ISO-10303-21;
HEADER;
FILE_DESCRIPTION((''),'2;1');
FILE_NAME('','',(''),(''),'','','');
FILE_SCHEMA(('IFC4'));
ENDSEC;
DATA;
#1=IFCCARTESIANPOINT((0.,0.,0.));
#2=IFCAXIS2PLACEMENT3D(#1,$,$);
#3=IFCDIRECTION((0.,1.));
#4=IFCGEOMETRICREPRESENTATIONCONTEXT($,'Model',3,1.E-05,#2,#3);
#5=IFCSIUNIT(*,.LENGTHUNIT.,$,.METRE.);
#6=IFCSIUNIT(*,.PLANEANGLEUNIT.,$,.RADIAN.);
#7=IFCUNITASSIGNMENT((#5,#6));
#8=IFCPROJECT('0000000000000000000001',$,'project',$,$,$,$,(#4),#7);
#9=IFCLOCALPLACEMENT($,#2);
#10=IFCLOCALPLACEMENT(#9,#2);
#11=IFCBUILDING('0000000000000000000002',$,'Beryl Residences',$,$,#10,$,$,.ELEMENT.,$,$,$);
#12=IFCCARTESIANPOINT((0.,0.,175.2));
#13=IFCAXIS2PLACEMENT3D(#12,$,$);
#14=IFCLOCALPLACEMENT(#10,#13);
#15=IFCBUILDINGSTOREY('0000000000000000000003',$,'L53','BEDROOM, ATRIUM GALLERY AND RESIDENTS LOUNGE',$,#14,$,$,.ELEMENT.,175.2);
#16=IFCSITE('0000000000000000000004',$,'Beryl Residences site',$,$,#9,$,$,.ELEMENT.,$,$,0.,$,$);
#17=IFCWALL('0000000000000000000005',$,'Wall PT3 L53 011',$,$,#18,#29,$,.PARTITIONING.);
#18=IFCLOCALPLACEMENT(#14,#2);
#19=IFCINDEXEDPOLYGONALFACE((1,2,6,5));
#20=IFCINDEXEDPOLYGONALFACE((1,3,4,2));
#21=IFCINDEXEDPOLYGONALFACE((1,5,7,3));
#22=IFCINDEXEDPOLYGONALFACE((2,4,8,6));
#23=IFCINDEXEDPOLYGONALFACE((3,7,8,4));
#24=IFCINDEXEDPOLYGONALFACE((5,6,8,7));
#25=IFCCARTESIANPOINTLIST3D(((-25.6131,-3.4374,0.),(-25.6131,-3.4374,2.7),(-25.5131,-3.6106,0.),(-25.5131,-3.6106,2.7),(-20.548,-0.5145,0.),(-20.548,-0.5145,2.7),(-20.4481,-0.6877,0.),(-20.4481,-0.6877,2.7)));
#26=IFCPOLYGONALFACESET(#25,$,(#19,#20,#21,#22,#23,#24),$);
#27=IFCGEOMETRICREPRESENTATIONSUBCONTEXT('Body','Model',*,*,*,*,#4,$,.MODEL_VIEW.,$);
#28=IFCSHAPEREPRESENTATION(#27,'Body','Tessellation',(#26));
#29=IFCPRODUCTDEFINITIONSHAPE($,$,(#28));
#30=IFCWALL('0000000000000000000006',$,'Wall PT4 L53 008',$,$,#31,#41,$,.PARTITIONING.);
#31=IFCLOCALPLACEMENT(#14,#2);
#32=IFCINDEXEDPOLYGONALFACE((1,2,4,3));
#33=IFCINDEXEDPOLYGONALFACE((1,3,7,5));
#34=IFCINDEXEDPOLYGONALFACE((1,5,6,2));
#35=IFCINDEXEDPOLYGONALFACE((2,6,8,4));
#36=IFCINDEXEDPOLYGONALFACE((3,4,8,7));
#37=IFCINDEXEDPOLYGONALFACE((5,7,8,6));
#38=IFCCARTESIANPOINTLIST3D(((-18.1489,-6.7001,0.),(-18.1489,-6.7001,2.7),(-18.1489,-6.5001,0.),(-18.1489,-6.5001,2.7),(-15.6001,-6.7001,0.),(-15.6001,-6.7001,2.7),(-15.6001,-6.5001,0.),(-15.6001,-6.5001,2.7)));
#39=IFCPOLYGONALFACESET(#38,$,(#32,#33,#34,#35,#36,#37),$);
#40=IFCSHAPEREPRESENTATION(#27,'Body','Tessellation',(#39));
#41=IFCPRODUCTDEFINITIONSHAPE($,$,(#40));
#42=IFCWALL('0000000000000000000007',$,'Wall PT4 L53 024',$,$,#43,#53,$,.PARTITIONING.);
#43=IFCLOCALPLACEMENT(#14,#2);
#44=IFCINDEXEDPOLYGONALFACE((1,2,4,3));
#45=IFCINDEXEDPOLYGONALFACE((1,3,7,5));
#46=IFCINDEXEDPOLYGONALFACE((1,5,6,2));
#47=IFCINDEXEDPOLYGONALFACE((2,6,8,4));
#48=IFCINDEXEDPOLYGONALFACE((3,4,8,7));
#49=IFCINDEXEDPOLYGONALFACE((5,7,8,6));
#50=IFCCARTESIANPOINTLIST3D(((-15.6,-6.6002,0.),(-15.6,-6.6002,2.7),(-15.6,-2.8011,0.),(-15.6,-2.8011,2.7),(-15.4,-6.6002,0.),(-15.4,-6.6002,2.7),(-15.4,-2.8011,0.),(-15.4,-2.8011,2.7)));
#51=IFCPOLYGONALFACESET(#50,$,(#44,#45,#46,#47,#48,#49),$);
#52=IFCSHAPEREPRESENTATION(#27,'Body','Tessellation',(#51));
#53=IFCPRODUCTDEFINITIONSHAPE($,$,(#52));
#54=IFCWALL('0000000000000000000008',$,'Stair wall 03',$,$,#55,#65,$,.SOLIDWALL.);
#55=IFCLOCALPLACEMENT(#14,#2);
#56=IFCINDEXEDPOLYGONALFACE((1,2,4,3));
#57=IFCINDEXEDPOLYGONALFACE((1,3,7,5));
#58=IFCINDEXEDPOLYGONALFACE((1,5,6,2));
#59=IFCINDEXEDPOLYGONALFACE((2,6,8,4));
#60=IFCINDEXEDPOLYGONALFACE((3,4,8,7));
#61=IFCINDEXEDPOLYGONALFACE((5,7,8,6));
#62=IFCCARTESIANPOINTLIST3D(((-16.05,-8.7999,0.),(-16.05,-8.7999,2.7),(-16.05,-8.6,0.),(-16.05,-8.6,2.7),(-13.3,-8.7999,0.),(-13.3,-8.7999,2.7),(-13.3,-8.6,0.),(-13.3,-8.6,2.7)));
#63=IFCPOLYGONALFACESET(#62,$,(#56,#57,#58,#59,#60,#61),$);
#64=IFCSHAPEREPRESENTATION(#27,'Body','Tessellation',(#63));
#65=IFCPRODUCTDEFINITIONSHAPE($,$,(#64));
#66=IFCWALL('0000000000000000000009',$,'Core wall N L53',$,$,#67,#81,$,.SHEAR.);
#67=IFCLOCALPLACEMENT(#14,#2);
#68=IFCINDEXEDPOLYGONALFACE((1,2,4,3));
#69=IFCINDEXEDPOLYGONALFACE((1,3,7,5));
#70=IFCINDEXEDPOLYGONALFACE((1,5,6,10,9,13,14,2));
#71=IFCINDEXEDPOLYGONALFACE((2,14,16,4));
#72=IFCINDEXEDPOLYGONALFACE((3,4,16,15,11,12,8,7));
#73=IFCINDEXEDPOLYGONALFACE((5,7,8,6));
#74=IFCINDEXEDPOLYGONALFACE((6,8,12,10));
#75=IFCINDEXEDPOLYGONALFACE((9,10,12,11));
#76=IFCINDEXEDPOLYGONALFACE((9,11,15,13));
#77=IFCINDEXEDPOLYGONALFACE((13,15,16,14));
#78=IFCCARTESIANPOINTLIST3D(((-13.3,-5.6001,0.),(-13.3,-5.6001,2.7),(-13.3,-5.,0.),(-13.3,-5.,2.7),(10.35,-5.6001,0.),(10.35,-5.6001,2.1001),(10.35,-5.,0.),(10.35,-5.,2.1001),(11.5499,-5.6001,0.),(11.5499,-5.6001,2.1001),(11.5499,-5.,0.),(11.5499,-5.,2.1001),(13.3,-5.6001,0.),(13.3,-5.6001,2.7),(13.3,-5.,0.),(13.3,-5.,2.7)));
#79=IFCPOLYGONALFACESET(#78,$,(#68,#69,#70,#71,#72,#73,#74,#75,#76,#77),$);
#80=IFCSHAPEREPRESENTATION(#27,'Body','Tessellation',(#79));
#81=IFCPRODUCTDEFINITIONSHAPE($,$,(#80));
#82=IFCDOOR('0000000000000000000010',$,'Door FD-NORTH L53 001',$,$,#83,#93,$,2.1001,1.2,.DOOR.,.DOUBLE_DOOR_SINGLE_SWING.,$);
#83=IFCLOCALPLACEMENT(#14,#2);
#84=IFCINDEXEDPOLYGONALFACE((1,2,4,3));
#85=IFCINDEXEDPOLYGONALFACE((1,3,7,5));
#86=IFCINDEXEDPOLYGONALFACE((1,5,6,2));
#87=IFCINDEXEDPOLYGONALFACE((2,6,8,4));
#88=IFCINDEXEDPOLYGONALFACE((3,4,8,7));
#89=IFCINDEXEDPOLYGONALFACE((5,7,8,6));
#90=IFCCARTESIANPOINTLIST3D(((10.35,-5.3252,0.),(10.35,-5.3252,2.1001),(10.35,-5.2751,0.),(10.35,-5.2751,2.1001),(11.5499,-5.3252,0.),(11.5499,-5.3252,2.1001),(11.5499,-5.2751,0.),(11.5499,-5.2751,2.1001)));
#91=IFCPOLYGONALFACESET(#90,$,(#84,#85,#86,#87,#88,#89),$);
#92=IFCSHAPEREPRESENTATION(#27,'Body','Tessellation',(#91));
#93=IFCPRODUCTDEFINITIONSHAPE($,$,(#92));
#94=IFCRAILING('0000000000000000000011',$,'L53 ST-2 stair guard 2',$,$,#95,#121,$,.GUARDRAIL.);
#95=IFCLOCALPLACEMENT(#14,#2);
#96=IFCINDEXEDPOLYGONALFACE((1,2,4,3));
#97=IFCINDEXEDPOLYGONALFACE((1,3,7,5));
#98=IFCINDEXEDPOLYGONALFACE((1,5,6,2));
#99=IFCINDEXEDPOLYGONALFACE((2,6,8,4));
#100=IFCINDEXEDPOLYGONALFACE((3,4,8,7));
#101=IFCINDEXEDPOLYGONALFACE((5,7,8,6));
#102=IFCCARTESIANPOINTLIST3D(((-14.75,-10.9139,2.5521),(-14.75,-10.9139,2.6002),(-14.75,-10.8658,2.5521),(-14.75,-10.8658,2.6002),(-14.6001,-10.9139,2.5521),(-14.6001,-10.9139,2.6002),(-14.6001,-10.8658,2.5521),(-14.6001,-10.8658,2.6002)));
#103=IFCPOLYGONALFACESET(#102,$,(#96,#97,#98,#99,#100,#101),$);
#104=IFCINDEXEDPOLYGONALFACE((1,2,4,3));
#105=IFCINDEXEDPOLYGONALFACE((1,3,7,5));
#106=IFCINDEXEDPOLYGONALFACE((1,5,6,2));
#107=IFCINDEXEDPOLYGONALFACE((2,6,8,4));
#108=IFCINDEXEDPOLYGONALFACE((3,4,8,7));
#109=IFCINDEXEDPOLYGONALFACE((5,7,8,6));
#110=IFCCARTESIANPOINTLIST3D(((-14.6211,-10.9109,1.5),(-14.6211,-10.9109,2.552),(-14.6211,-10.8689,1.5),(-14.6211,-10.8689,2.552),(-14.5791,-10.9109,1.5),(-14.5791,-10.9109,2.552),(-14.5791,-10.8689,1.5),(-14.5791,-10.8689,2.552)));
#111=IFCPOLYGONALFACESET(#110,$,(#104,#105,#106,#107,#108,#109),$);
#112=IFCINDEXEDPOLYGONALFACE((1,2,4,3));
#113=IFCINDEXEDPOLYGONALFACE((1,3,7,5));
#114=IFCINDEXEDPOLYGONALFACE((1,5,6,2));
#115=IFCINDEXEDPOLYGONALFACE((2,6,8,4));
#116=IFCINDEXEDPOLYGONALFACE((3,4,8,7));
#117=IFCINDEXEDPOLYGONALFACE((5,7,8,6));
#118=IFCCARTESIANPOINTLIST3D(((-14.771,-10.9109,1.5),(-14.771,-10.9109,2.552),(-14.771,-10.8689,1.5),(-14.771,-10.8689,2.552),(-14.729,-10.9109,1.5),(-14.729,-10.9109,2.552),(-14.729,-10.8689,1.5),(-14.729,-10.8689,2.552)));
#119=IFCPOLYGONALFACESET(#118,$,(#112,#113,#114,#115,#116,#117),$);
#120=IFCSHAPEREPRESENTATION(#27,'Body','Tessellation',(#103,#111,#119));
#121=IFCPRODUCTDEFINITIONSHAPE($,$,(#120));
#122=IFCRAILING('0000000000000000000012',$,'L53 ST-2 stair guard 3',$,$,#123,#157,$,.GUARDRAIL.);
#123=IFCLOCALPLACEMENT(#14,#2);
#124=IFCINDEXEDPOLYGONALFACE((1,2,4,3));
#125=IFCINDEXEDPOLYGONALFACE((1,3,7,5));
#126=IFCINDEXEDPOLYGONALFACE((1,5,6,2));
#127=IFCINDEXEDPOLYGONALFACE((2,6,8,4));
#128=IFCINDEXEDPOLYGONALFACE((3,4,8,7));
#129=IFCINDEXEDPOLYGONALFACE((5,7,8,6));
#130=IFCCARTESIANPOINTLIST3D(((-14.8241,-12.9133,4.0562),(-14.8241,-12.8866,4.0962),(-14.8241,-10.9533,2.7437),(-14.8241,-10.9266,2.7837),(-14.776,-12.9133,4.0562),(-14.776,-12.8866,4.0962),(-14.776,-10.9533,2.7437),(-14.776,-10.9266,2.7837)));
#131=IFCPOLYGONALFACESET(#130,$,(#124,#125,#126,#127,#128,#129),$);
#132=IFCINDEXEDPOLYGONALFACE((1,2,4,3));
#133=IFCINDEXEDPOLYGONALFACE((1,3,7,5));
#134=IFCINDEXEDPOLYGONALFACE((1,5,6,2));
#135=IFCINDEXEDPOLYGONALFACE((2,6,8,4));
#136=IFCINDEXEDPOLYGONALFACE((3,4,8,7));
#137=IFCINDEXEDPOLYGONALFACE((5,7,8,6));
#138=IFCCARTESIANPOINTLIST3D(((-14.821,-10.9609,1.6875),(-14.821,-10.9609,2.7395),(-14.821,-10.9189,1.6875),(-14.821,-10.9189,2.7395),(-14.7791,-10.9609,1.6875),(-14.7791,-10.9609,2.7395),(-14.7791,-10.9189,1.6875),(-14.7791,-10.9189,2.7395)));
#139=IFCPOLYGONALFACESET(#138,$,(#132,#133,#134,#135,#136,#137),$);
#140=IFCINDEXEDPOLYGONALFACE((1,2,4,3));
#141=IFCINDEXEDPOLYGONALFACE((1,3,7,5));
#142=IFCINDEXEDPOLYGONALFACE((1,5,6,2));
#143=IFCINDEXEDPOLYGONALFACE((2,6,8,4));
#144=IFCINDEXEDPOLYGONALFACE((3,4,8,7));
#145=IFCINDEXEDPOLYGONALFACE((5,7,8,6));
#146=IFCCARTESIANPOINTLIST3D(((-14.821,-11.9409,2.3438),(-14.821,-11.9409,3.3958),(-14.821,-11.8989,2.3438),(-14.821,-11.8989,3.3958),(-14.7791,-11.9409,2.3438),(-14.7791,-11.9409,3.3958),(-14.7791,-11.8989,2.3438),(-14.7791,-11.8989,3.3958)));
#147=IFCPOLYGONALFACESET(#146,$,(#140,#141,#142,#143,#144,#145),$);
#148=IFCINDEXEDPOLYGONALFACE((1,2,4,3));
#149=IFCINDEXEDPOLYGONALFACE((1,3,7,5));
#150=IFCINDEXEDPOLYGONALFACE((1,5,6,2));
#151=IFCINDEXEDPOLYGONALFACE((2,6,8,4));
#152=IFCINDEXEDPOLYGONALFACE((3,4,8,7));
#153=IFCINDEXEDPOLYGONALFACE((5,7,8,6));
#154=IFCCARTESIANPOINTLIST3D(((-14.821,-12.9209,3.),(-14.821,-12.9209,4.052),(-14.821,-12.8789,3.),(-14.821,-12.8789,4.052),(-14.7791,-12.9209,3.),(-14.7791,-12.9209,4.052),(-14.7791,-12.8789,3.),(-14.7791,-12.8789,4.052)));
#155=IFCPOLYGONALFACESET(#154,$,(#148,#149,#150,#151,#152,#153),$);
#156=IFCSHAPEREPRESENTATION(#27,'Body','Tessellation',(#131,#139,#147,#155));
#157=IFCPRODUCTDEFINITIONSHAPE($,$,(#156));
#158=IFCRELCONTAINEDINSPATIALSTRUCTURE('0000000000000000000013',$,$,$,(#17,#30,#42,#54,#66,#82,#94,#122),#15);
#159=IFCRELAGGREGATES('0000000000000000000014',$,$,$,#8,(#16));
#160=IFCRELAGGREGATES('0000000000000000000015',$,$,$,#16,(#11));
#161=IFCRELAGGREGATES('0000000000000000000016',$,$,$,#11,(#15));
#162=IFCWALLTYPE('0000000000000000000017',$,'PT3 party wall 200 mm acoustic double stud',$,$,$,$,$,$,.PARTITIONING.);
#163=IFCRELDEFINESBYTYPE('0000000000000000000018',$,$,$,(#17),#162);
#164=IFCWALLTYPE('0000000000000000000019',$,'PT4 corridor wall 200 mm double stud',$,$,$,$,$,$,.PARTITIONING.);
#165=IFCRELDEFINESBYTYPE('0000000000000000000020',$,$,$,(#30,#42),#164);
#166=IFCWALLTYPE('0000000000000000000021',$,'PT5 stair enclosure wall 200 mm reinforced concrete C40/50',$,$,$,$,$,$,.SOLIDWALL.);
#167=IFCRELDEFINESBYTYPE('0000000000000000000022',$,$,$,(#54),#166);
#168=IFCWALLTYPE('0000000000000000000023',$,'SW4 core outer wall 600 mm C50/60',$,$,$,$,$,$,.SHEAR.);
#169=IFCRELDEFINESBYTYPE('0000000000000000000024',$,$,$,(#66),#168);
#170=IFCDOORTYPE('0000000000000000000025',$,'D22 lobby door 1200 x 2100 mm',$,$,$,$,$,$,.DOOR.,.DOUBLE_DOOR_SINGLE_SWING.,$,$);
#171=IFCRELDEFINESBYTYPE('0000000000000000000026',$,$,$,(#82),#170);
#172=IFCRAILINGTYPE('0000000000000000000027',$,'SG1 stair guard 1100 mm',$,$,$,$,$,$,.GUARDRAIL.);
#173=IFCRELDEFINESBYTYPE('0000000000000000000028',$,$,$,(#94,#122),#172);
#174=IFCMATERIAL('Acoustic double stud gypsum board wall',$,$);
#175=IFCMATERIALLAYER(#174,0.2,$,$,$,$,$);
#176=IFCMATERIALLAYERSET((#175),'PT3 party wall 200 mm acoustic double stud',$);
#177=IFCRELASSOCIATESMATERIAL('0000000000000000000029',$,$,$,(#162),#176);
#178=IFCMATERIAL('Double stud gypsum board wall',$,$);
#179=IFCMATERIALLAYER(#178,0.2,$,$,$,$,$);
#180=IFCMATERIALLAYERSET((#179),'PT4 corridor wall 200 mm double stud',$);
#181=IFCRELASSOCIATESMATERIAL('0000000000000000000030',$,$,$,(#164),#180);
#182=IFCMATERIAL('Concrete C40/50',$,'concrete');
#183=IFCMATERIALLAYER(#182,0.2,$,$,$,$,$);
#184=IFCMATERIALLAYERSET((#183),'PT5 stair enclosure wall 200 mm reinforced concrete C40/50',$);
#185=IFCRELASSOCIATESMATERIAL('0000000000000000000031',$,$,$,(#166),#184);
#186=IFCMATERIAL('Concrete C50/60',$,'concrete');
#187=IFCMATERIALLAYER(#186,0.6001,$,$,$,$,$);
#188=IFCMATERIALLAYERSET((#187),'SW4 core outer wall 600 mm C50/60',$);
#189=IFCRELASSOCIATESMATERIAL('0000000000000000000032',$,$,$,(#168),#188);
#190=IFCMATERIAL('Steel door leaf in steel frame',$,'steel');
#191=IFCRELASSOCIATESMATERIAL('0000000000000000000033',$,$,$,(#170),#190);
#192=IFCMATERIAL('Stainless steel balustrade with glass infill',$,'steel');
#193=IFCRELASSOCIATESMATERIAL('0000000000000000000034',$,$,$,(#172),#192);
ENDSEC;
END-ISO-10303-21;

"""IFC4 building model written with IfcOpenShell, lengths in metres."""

from ifc_helpers import new_model, si_unit, direction, frame, frame_2d, origin, origin_2d, place, context, subcontext, project, spatial, rectangle, extrude, material, layer, layer_set, type_object, element, fill, save


model = new_model("IFC4")

# Units and contexts
model_context = context("Model", 3, precision=1e-05, world=origin(), true_north=direction((0.0, 1.0)))
body_context = subcontext(model_context, "Body", "Model", "MODEL_VIEW")
ifc_project = project(units=[si_unit("LENGTHUNIT", "METRE"), si_unit("PLANEANGLEUNIT", "RADIAN")], contexts=[model_context])

# Site, building, storey
site_placement = place(None, origin())
site = spatial("IfcSite", under=ifc_project, at=site_placement, Name="Beryl Residences site", CompositionType="ELEMENT", RefElevation=0.0)
building_placement = place(site_placement, origin())
building = spatial("IfcBuilding", under=site, at=building_placement, Name="Beryl Residences", CompositionType="ELEMENT")
storey_placement = place(building_placement, frame((0.0, 0.0, 175.2)))
storey = spatial("IfcBuildingStorey", under=building, at=storey_placement, Name="L53", Description="BEDROOM, ATRIUM GALLERY AND RESIDENTS LOUNGE", CompositionType="ELEMENT", Elevation=175.2)

# Walls
ifc_material_1 = material(Name="Acoustic double stud gypsum board wall")
ifc_layer_1 = layer(ifc_material_1, 0.2)
ifc_layer_set_1 = layer_set([ifc_layer_1], Name="PT3 party wall 200 mm acoustic double stud")
wall_type_1 = type_object("IfcWallType", Name="PT3 party wall 200 mm acoustic double stud", PredefinedType="PARTITIONING", material=ifc_layer_set_1)
wall_1_placement = place(storey_placement, frame((-25.563, -3.5239, 0.0), z_axis=(0.0, 0.0, 1.0), x_axis=(0.866129, 0.499821, 0.0)))
element("IfcWall", 1, at=wall_1_placement, inside=storey, type_object=wall_type_1, Name="Wall PT3 L53 011", PredefinedType="PARTITIONING", context=body_context, shape_type="SweptSolid", body=[
    extrude(rectangle(XDim=5.8479, YDim=0.2, at=frame_2d((2.9238, 0.0))), origin(), (0.0, 0.0, 1.0), 2.7),
])
ifc_material_2 = material(Name="Double stud gypsum board wall")
ifc_layer_2 = layer(ifc_material_2, 0.2)
ifc_layer_set_2 = layer_set([ifc_layer_2], Name="PT4 corridor wall 200 mm double stud")
wall_type_2 = type_object("IfcWallType", Name="PT4 corridor wall 200 mm double stud", PredefinedType="PARTITIONING", material=ifc_layer_set_2)
wall_2_placement = place(storey_placement, frame((-18.1489, -6.6001, 0.0), z_axis=(0.0, 0.0, 1.0), x_axis=(1.0, 0.0, 0.0)))
element("IfcWall", 2, at=wall_2_placement, inside=storey, type_object=wall_type_2, Name="Wall PT4 L53 008", PredefinedType="PARTITIONING", context=body_context, shape_type="SweptSolid", body=[
    extrude(rectangle(XDim=2.5488, YDim=0.2, at=frame_2d((1.2744, 0.0))), origin(), (0.0, 0.0, 1.0), 2.7),
])
wall_3_placement = place(storey_placement, frame((-15.5, -6.6001, 0.0), z_axis=(0.0, 0.0, 1.0), x_axis=(0.0, 1.0, 0.0)))
element("IfcWall", 3, at=wall_3_placement, inside=storey, type_object=wall_type_2, Name="Wall PT4 L53 024", PredefinedType="PARTITIONING", context=body_context, shape_type="SweptSolid", body=[
    extrude(rectangle(XDim=3.7991, YDim=0.2, at=frame_2d((1.8994, 0.0))), origin(), (0.0, 0.0, 1.0), 2.7),
])
ifc_material_3 = material(Name="Concrete C40/50", Category="concrete")
ifc_layer_3 = layer(ifc_material_3, 0.2)
ifc_layer_set_3 = layer_set([ifc_layer_3], Name="PT5 stair enclosure wall 200 mm reinforced concrete C40/50")
wall_type_3 = type_object("IfcWallType", Name="PT5 stair enclosure wall 200 mm reinforced concrete C40/50", PredefinedType="SOLIDWALL", material=ifc_layer_set_3)
wall_4_placement = place(storey_placement, frame((-16.05, -8.7, 0.0), z_axis=(0.0, 0.0, 1.0), x_axis=(1.0, 0.0, 0.0)))
element("IfcWall", 4, at=wall_4_placement, inside=storey, type_object=wall_type_3, Name="Stair wall 03", PredefinedType="SOLIDWALL", context=body_context, shape_type="SweptSolid", body=[
    extrude(rectangle(XDim=2.75, YDim=0.2, at=frame_2d((1.375, 0.0))), origin(), (0.0, 0.0, 1.0), 2.7),
])

# Wall, opening, door
ifc_material_4 = material(Name="Concrete C50/60", Category="concrete")
ifc_layer_4 = layer(ifc_material_4, 0.6001)
ifc_layer_set_4 = layer_set([ifc_layer_4], Name="SW4 core outer wall 600 mm C50/60")
wall_type_4 = type_object("IfcWallType", Name="SW4 core outer wall 600 mm C50/60", PredefinedType="SHEAR", material=ifc_layer_set_4)
wall_5_placement = place(storey_placement, frame((-13.3, -5.3, 0.0), z_axis=(0.0, 0.0, 1.0), x_axis=(1.0, 0.0, 0.0)))
wall_5 = element("IfcWall", 5, at=wall_5_placement, inside=storey, type_object=wall_type_4, Name="Core wall N L53", PredefinedType="SHEAR", context=body_context, shape_type="SweptSolid", body=[
    extrude(rectangle(XDim=26.6001, YDim=0.6001, at=frame_2d((13.3, 0.0))), origin(), (0.0, 0.0, 1.0), 2.7),
])
opening_1_placement = place(wall_5_placement, frame((23.6499, 0.0, 0.0)))
opening_1 = element("IfcOpeningElement", 6, at=opening_1_placement, cuts=wall_5, PredefinedType="OPENING", context=body_context, shape_type="SweptSolid", body=[
    extrude(rectangle(XDim=1.2, YDim=2.1001, at=frame_2d((0.6001, 1.05))), frame((0.0, 0.3101, 0.0), z_axis=(0.0, -1.0, 0.0), x_axis=(1.0, 0.0, 0.0)), (0.0, 0.0, 1.0), 0.6201),
])
ifc_material_5 = material(Name="Steel door leaf in steel frame", Category="steel")
door_type = type_object("IfcDoorType", Name="D22 lobby door 1200 x 2100 mm", OperationType="DOUBLE_DOOR_SINGLE_SWING", PredefinedType="DOOR", material=ifc_material_5)
door_placement = place(opening_1_placement, origin())
door = element("IfcDoor", 7, at=door_placement, inside=storey, type_object=door_type, Name="Door FD-NORTH L53 001", OperationType="DOUBLE_DOOR_SINGLE_SWING", OverallHeight=2.1001, OverallWidth=1.2, PredefinedType="DOOR", context=body_context, shape_type="SweptSolid", body=[
    extrude(rectangle(XDim=1.2, YDim=2.1001, at=frame_2d((0.6001, 1.05))), frame((0.0, 0.0249, 0.0), z_axis=(0.0, -1.0, 0.0), x_axis=(1.0, 0.0, 0.0)), (0.0, 0.0, 1.0), 0.05),
])
fill(opening_1, door)

# Railings
ifc_material_6 = material(Name="Stainless steel balustrade with glass infill", Category="steel")
railing_type_1 = type_object("IfcRailingType", Name="SG1 stair guard 1100 mm", PredefinedType="GUARDRAIL", material=ifc_material_6)
railing_1_placement = place(storey_placement, frame((-14.6001, -10.8899, 1.5)))
element("IfcRailing", 8, at=railing_1_placement, inside=storey, type_object=railing_type_1, Name="L53 ST-2 stair guard 2", PredefinedType="GUARDRAIL", context=body_context, shape_type="SweptSolid", body=[
    extrude(rectangle(XDim=0.0481, YDim=0.0481, at=origin_2d()), frame((0.0, 0.0, 1.0762), z_axis=(-1.0, 0.0, 0.0), x_axis=(0.0, -1.0, 0.0)), (0.0, 0.0, 1.0), 0.1499),
    extrude(rectangle(XDim=0.042, YDim=0.042, at=origin_2d()), origin(), (0.0, 0.0, 1.0), 1.052),
    extrude(rectangle(XDim=0.042, YDim=0.042, at=origin_2d()), frame((-0.1499, 0.0, 0.0)), (0.0, 0.0, 1.0), 1.052),
])
railing_2_placement = place(storey_placement, frame((-14.8, -10.9399, 1.6875)))
element("IfcRailing", 9, at=railing_2_placement, inside=storey, type_object=railing_type_1, Name="L53 ST-2 stair guard 3", PredefinedType="GUARDRAIL", context=body_context, shape_type="SweptSolid", body=[
    extrude(rectangle(XDim=0.0481, YDim=0.0481, at=origin_2d()), frame((0.0, 0.0, 1.0762), z_axis=(0.0, -0.830902, 0.556419), x_axis=(1.0, 0.0, 0.0)), (0.0, 0.0, 1.0), 2.3589),
    extrude(rectangle(XDim=0.042, YDim=0.042, at=origin_2d()), origin(), (0.0, 0.0, 1.0), 1.052),
    extrude(rectangle(XDim=0.042, YDim=0.042, at=origin_2d()), frame((0.0, -0.98, 0.6562)), (0.0, 0.0, 1.0), 1.052),
    extrude(rectangle(XDim=0.042, YDim=0.042, at=origin_2d()), frame((0.0, -1.96, 1.3125)), (0.0, 0.0, 1.0), 1.052),
])

save(model, "model.ifc")
